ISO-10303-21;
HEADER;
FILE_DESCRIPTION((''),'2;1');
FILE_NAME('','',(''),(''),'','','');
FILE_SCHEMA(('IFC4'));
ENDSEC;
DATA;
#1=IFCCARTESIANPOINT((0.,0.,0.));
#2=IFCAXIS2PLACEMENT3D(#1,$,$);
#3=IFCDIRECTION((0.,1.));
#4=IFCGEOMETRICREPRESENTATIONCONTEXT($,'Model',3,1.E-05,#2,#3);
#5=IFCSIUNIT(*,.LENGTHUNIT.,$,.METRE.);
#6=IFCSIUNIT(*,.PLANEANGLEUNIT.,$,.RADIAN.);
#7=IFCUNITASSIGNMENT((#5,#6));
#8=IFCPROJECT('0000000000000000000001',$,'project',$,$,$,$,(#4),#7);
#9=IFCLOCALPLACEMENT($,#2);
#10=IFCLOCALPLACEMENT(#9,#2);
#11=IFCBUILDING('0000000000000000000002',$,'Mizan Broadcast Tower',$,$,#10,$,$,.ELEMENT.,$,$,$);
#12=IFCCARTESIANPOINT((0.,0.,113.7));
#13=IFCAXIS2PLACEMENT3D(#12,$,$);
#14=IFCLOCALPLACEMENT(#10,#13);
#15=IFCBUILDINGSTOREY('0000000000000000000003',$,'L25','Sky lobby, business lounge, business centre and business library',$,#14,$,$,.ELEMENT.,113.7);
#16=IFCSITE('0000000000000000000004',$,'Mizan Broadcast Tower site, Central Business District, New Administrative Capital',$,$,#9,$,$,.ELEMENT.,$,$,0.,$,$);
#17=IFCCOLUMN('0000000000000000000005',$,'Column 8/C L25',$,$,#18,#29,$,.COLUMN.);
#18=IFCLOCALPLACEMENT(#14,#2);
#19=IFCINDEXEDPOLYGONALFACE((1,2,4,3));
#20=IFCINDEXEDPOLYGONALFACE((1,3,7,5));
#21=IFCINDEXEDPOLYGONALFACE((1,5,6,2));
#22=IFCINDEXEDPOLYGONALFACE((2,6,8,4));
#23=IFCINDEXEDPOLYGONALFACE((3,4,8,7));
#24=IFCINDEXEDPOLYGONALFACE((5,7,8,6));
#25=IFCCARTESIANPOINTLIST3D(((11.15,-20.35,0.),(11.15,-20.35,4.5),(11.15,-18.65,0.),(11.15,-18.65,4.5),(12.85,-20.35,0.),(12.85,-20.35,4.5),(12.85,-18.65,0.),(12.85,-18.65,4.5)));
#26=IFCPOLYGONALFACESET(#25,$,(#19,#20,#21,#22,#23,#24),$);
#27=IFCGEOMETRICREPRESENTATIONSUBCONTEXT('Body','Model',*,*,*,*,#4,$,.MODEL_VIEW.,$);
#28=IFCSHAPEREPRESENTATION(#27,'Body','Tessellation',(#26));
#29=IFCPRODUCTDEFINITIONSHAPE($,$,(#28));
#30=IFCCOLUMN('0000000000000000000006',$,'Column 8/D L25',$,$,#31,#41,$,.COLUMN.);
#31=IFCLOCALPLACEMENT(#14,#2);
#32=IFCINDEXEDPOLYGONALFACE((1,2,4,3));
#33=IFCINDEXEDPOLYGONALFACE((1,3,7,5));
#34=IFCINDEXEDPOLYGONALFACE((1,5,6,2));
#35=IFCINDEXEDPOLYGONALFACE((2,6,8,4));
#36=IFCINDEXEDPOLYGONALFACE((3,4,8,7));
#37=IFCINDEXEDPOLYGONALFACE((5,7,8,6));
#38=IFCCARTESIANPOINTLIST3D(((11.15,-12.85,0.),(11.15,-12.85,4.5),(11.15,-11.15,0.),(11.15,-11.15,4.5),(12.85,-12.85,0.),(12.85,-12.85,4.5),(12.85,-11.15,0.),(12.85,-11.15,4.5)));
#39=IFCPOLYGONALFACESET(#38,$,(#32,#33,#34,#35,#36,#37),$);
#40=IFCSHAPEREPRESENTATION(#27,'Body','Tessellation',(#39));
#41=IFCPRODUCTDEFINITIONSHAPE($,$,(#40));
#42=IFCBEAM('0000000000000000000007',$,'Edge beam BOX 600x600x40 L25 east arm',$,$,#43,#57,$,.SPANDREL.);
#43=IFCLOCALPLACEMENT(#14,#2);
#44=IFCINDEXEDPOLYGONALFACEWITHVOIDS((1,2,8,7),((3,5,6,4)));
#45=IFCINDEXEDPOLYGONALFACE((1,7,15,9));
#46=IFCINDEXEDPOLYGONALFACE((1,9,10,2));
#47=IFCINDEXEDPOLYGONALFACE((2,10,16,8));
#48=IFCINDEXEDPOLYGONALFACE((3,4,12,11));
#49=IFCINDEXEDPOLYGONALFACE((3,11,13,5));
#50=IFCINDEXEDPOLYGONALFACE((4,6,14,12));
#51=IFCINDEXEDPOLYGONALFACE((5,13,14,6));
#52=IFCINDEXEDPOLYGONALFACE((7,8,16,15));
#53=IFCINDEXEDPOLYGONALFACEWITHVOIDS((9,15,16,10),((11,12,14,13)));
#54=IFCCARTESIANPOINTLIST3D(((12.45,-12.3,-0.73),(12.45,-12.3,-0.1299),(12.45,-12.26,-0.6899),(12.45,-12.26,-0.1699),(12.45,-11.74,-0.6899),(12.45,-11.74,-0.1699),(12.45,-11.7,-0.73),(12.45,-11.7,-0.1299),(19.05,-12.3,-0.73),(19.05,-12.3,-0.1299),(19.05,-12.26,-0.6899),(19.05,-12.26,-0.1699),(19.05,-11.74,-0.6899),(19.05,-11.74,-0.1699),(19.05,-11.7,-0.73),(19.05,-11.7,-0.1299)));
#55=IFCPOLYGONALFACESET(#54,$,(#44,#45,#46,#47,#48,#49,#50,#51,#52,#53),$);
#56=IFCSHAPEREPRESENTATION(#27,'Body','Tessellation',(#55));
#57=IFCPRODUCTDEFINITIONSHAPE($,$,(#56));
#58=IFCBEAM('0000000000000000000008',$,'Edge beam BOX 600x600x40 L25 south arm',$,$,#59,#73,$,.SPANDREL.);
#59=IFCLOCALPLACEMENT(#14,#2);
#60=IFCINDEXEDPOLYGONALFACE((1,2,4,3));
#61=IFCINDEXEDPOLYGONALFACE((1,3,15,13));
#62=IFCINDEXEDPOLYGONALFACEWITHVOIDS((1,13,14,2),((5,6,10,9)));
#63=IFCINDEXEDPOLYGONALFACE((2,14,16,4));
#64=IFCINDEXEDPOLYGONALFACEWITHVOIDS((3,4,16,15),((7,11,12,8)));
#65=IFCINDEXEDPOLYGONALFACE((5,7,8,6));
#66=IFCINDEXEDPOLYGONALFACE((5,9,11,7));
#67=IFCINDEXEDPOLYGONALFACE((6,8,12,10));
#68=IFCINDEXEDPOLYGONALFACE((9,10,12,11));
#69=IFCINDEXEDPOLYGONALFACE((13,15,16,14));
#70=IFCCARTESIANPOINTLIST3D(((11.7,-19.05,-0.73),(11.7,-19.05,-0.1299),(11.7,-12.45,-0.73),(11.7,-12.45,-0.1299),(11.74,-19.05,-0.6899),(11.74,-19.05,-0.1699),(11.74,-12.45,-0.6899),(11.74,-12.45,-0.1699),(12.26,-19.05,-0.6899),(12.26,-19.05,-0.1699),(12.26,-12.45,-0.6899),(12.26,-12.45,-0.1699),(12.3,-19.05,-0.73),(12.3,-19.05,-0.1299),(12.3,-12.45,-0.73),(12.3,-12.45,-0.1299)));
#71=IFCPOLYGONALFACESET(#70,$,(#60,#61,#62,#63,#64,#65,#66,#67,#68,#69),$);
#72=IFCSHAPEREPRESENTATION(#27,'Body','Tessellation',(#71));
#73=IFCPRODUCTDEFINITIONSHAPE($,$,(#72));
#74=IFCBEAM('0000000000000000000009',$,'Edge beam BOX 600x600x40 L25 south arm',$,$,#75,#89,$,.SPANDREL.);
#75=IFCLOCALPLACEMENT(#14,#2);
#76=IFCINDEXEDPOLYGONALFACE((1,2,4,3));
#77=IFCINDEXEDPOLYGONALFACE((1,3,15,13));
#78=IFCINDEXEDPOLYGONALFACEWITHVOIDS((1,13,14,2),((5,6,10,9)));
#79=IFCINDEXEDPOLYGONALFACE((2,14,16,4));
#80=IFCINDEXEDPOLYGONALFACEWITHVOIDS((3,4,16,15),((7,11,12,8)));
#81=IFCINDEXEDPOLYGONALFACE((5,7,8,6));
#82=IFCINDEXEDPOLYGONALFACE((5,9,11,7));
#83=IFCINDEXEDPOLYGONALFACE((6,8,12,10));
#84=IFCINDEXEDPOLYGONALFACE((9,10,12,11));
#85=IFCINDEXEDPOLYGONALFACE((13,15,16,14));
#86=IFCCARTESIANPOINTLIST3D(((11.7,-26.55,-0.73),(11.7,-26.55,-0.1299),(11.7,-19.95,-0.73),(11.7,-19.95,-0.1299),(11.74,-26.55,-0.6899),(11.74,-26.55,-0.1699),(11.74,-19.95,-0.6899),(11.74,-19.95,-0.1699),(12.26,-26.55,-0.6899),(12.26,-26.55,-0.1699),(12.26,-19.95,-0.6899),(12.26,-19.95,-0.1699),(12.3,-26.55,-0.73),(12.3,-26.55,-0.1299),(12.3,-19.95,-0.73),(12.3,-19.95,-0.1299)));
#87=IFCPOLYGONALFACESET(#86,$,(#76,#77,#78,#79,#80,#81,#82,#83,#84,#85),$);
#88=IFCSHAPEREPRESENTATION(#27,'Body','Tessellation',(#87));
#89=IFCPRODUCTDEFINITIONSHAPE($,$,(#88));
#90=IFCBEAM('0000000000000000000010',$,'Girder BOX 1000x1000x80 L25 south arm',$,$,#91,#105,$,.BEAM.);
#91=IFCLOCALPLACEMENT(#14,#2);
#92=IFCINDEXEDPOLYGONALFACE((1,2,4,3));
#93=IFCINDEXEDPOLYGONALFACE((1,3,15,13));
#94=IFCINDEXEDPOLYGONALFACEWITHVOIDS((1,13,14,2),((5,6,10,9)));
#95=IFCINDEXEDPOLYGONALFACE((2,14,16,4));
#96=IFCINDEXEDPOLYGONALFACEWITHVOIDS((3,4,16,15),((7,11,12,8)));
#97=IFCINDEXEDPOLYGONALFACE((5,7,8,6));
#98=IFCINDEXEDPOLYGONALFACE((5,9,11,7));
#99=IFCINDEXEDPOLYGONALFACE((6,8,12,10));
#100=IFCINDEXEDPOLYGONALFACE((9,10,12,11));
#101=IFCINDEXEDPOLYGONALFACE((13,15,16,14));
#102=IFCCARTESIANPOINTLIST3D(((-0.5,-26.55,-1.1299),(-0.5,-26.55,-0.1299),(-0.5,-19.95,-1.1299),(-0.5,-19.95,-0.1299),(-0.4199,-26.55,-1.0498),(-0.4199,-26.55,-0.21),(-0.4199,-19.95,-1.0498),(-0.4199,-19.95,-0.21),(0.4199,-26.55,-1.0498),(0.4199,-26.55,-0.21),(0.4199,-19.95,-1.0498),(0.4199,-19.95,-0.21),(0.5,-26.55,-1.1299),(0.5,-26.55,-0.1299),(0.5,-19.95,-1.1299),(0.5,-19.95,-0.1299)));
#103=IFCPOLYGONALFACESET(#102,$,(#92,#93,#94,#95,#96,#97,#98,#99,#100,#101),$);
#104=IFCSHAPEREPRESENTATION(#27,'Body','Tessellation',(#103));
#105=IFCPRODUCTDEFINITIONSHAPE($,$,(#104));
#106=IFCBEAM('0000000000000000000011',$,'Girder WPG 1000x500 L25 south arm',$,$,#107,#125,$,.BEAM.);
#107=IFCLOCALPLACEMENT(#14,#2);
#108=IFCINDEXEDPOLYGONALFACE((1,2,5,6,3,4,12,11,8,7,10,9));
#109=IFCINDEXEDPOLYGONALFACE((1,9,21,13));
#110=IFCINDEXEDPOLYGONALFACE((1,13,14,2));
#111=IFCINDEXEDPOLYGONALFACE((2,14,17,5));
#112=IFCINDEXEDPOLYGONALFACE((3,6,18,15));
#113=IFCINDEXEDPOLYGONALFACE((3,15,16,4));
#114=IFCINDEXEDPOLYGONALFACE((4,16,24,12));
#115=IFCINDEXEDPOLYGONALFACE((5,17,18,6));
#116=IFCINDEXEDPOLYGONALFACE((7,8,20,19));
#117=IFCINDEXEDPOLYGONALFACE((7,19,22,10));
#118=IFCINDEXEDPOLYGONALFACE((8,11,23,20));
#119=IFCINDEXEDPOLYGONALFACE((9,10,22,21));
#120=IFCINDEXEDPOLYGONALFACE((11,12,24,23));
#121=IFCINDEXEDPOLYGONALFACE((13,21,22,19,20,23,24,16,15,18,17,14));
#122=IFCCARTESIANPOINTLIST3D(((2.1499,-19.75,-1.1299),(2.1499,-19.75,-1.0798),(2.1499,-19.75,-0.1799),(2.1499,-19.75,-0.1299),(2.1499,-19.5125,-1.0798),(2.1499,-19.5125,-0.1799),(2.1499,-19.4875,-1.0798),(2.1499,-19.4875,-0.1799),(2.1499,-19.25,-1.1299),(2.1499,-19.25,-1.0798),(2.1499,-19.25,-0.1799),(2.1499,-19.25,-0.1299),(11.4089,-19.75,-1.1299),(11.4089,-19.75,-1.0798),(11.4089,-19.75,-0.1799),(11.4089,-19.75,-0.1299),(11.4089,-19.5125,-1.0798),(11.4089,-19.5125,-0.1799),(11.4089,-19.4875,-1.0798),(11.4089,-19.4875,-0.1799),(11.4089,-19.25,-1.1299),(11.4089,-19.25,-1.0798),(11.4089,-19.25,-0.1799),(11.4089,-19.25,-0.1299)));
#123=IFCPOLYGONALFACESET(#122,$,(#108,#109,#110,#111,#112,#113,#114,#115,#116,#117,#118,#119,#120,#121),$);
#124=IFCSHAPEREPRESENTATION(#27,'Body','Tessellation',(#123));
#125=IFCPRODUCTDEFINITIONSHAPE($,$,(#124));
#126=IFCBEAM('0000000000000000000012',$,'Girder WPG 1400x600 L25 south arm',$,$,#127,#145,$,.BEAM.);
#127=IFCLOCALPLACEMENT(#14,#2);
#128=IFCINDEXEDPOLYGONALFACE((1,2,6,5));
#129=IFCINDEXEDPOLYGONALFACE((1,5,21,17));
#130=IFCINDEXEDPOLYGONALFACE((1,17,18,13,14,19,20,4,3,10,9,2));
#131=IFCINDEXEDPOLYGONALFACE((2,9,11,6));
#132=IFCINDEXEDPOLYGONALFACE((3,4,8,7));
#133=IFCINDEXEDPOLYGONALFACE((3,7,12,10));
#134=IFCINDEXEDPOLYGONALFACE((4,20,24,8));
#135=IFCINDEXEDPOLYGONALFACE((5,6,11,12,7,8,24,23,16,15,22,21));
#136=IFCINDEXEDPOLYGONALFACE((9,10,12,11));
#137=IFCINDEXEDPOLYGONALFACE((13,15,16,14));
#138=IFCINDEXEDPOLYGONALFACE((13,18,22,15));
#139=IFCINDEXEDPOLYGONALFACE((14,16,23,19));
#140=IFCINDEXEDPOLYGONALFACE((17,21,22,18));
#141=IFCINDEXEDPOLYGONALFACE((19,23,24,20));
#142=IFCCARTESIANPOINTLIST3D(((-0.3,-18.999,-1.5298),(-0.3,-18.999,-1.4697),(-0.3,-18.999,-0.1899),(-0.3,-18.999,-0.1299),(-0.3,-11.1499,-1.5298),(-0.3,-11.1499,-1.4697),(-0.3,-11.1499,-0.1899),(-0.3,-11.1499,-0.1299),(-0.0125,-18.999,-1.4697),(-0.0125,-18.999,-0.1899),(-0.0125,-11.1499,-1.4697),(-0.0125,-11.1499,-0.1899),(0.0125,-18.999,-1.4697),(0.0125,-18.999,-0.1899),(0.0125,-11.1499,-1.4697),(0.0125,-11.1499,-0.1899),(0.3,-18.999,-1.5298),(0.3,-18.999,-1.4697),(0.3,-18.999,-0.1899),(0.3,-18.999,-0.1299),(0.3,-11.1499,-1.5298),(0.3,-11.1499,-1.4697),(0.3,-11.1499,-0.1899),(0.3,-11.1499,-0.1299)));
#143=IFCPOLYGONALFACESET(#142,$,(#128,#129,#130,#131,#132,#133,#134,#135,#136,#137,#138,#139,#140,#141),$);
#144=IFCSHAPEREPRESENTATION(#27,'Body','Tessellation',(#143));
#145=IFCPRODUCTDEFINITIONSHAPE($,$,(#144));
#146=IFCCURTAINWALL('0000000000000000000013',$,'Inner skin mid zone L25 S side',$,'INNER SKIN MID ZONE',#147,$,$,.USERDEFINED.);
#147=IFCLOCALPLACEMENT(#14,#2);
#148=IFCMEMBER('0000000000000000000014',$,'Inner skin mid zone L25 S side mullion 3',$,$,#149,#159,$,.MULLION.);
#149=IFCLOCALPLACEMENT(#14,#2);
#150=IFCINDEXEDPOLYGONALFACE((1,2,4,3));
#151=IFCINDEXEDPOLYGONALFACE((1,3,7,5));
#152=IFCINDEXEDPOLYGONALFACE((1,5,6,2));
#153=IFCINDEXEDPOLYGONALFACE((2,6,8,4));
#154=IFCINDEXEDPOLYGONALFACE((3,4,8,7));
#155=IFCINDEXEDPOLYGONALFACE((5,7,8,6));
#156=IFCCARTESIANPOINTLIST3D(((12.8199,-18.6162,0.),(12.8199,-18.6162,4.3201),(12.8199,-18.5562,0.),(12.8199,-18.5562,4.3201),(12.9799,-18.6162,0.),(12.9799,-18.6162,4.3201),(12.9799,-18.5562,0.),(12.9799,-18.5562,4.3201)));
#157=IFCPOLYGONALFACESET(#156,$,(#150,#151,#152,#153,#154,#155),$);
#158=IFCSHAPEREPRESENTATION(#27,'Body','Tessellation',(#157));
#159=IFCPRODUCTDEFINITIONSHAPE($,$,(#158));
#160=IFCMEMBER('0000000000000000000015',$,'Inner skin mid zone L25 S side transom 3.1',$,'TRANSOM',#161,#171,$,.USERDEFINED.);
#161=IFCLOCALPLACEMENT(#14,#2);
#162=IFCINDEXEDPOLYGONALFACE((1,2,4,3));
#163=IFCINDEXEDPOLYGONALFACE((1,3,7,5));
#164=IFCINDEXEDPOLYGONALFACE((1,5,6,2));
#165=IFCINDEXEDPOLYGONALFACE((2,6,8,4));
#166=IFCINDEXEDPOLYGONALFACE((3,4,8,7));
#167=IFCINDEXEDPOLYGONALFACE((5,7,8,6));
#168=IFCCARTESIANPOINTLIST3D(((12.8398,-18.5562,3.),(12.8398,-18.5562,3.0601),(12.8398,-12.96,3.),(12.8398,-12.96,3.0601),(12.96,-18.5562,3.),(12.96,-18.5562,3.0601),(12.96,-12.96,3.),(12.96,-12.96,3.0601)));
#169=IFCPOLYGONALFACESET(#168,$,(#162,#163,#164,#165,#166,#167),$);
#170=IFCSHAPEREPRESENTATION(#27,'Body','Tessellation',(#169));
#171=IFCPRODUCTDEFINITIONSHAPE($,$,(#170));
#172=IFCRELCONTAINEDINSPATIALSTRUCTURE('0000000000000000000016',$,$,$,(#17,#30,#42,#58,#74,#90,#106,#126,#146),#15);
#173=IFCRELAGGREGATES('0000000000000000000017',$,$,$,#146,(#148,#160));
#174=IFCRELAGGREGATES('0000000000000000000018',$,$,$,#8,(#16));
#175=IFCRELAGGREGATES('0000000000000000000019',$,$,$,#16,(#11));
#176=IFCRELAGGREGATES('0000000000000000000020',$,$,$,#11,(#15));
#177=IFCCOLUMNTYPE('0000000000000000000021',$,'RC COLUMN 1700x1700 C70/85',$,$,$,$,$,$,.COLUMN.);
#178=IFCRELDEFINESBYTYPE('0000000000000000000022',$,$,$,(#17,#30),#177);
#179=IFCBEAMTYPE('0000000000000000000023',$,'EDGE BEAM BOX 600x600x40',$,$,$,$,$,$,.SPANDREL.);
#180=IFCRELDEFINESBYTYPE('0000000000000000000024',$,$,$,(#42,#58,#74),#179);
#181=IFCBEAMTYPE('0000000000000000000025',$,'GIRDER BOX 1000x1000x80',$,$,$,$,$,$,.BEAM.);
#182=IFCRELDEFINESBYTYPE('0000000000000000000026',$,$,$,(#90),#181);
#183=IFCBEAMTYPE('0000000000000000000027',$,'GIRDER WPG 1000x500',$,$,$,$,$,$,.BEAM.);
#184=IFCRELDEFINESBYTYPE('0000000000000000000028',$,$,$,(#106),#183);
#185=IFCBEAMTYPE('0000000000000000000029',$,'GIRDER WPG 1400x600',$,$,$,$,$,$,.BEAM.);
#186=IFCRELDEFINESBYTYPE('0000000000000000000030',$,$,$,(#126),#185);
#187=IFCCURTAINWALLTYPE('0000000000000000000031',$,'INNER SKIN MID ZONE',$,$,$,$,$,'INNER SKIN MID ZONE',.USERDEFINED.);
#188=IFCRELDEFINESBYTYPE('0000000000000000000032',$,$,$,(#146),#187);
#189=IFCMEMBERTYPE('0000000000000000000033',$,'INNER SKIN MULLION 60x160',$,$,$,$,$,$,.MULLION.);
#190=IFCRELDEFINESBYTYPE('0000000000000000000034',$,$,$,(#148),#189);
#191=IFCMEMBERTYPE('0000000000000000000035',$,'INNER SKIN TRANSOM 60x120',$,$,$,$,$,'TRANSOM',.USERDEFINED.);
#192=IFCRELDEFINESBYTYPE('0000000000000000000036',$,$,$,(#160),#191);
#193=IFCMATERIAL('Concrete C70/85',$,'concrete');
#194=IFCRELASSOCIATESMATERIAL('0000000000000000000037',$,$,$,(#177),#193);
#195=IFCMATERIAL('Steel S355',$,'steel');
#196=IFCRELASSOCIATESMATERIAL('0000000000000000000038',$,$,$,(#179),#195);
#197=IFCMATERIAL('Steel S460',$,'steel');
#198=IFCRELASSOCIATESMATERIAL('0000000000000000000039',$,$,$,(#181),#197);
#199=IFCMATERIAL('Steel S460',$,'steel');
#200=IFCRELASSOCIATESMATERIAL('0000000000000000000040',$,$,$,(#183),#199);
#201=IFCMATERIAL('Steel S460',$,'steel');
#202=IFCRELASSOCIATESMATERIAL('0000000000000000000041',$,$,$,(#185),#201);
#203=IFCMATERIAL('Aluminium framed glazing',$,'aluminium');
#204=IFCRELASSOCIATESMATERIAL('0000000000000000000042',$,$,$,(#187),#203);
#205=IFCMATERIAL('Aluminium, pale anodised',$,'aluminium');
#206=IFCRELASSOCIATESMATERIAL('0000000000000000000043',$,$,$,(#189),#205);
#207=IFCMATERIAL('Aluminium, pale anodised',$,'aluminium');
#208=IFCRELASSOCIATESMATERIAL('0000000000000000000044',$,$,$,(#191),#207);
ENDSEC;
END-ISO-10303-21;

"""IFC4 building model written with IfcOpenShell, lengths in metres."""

from ifc_helpers import new_model, si_unit, direction, frame, origin, origin_2d, place, context, subcontext, project, spatial, rectangle, hollow_rectangle, i_section, extrude, material, material_profile, profile_set, type_object, element, aggregate, save


model = new_model("IFC4")

# Units and contexts
model_context = context("Model", 3, precision=1e-05, world=origin(), true_north=direction((0.0, 1.0)))
body_context = subcontext(model_context, "Body", "Model", "MODEL_VIEW")
ifc_project = project(units=[si_unit("LENGTHUNIT", "METRE"), si_unit("PLANEANGLEUNIT", "RADIAN")], contexts=[model_context])

# Site, building, storey
site_placement = place(None, origin())
site = spatial("IfcSite", under=ifc_project, at=site_placement, Name="Mizan Broadcast Tower site, Central Business District, New Administrative Capital", CompositionType="ELEMENT", RefElevation=0.0)
building_placement = place(site_placement, origin())
building = spatial("IfcBuilding", under=site, at=building_placement, Name="Mizan Broadcast Tower", CompositionType="ELEMENT")
storey_placement = place(building_placement, frame((0.0, 0.0, 113.7)))
storey = spatial("IfcBuildingStorey", under=building, at=storey_placement, Name="L25", Description="Sky lobby, business lounge, business centre and business library", CompositionType="ELEMENT", Elevation=113.7)

# Columns
ifc_material_1 = material(Name="Concrete C70/85", Category="concrete")
ifc_material_profile_1 = material_profile(ifc_material_1, rectangle(XDim=1.7, YDim=1.7, at=origin_2d()), Name="RC 1700x1700")
ifc_profile_set_1 = profile_set([ifc_material_profile_1], Name="Concrete C70/85")
column_type = type_object("IfcColumnType", Name="RC COLUMN 1700x1700 C70/85", PredefinedType="COLUMN", material=ifc_profile_set_1)
for number, where, z_axis, x_axis, name in (
    (1, (12.0, -19.5, 0.0), (0.0, 0.0, 1.0), (1.0, 0.0, 0.0), "Column 8/C L25"),
    (2, (12.0, -12.0, 0.0), (0.0, 0.0, 1.0), (1.0, 0.0, 0.0), "Column 8/D L25"),
):
    element("IfcColumn", number, at=place(storey_placement, frame(where, z_axis=z_axis, x_axis=x_axis)), inside=storey, type_object=column_type, Name=name, PredefinedType="COLUMN", context=body_context, shape_type="SweptSolid", body=[
        extrude(rectangle(XDim=1.7, YDim=1.7, at=origin_2d()), origin(), (0.0, 0.0, 1.0), 4.5),
    ])

# Beams
ifc_material_2 = material(Name="Steel S355", Category="steel")
ifc_material_profile_2 = material_profile(ifc_material_2, hollow_rectangle(XDim=0.6001, YDim=0.6001, WallThickness=0.04, at=origin_2d()), Name="BOX 600x600x40")
ifc_profile_set_2 = profile_set([ifc_material_profile_2], Name="Steel S355")
beam_type_1 = type_object("IfcBeamType", Name="EDGE BEAM BOX 600x600x40", PredefinedType="SPANDREL", material=ifc_profile_set_2)
for number, where, z_axis, x_axis, name in (
    (3, (12.45, -12.0, -0.4299), (1.0, 0.0, 0.0), (0.0, 1.0, 0.0), "Edge beam BOX 600x600x40 L25 east arm"),
    (4, (12.0, -12.45, -0.4299), (0.0, -1.0, 0.0), (1.0, 0.0, 0.0), "Edge beam BOX 600x600x40 L25 south arm"),
    (5, (12.0, -19.95, -0.4299), (0.0, -1.0, 0.0), (1.0, 0.0, 0.0), "Edge beam BOX 600x600x40 L25 south arm"),
):
    element("IfcBeam", number, at=place(storey_placement, frame(where, z_axis=z_axis, x_axis=x_axis)), inside=storey, type_object=beam_type_1, Name=name, PredefinedType="SPANDREL", context=body_context, shape_type="SweptSolid", body=[
        extrude(hollow_rectangle(XDim=0.6001, YDim=0.6001, WallThickness=0.04, at=origin_2d()), origin(), (0.0, 0.0, 1.0), 6.6001),
    ])
ifc_material_3 = material(Name="Steel S460", Category="steel")
ifc_material_profile_3 = material_profile(ifc_material_3, hollow_rectangle(XDim=1.0, YDim=1.0, WallThickness=0.0801, at=origin_2d()), Name="BOX 1000x1000x80")
ifc_profile_set_3 = profile_set([ifc_material_profile_3], Name="Steel S460")
beam_type_2 = type_object("IfcBeamType", Name="GIRDER BOX 1000x1000x80", PredefinedType="BEAM", material=ifc_profile_set_3)
beam_1_placement = place(storey_placement, frame((0.0, -19.95, -0.6299), z_axis=(0.0, -1.0, 0.0), x_axis=(1.0, 0.0, 0.0)))
element("IfcBeam", 6, at=beam_1_placement, inside=storey, type_object=beam_type_2, Name="Girder BOX 1000x1000x80 L25 south arm", PredefinedType="BEAM", context=body_context, shape_type="SweptSolid", body=[
    extrude(hollow_rectangle(XDim=1.0, YDim=1.0, WallThickness=0.0801, at=origin_2d()), origin(), (0.0, 0.0, 1.0), 6.6001),
])
ifc_material_4 = material(Name="Steel S460", Category="steel")
ifc_material_profile_4 = material_profile(ifc_material_4, i_section(OverallWidth=0.5, OverallDepth=1.0, WebThickness=0.0249, FlangeThickness=0.05, at=origin_2d()), Name="WPG 1000x500")
ifc_profile_set_4 = profile_set([ifc_material_profile_4], Name="Steel S460")
beam_type_3 = type_object("IfcBeamType", Name="GIRDER WPG 1000x500", PredefinedType="BEAM", material=ifc_profile_set_4)
beam_2_placement = place(storey_placement, frame((11.4089, -19.5, -0.6299), z_axis=(-1.0, 0.0, 0.0), x_axis=(0.0, -1.0, 0.0)))
element("IfcBeam", 7, at=beam_2_placement, inside=storey, type_object=beam_type_3, Name="Girder WPG 1000x500 L25 south arm", PredefinedType="BEAM", context=body_context, shape_type="SweptSolid", body=[
    extrude(i_section(OverallWidth=0.5, OverallDepth=1.0, WebThickness=0.0249, FlangeThickness=0.05, at=origin_2d()), origin(), (0.0, 0.0, 1.0), 9.259),
])
ifc_material_5 = material(Name="Steel S460", Category="steel")
ifc_material_profile_5 = material_profile(ifc_material_5, i_section(OverallWidth=0.6001, OverallDepth=1.3999, WebThickness=0.0249, FlangeThickness=0.0601, at=origin_2d()), Name="WPG 1400x600")
ifc_profile_set_5 = profile_set([ifc_material_profile_5], Name="Steel S460")
beam_type_4 = type_object("IfcBeamType", Name="GIRDER WPG 1400x600", PredefinedType="BEAM", material=ifc_profile_set_5)
beam_3_placement = place(storey_placement, frame((0.0, -11.1499, -0.8298), z_axis=(0.0, -1.0, 0.0), x_axis=(1.0, 0.0, 0.0)))
element("IfcBeam", 8, at=beam_3_placement, inside=storey, type_object=beam_type_4, Name="Girder WPG 1400x600 L25 south arm", PredefinedType="BEAM", context=body_context, shape_type="SweptSolid", body=[
    extrude(i_section(OverallWidth=0.6001, OverallDepth=1.3999, WebThickness=0.0249, FlangeThickness=0.0601, at=origin_2d()), origin(), (0.0, 0.0, 1.0), 7.8491),
])

# Curtain wall, members
ifc_material_6 = material(Name="Aluminium framed glazing", Category="aluminium")
curtain_wall_type = type_object("IfcCurtainWallType", Name="INNER SKIN MID ZONE", ElementType="INNER SKIN MID ZONE", PredefinedType="USERDEFINED", material=ifc_material_6)
curtain_wall_placement = place(storey_placement, origin())
curtain_wall = element("IfcCurtainWall", 9, at=curtain_wall_placement, inside=storey, type_object=curtain_wall_type, Name="Inner skin mid zone L25 S side", ObjectType="INNER SKIN MID ZONE", PredefinedType="USERDEFINED")
ifc_material_7 = material(Name="Aluminium, pale anodised", Category="aluminium")
ifc_material_profile_6 = material_profile(ifc_material_7, rectangle(XDim=0.1599, YDim=0.0601, at=origin_2d()), Name="MULLION 160x60")
ifc_profile_set_6 = profile_set([ifc_material_profile_6], Name="Aluminium, pale anodised")
member_type_1 = type_object("IfcMemberType", Name="INNER SKIN MULLION 60x160", PredefinedType="MULLION", material=ifc_profile_set_6)
member_1_placement = place(storey_placement, frame((12.8999, -18.5862, 0.0), z_axis=(0.0, 0.0, 1.0), x_axis=(-1.0, 0.0, 0.0)))
member_1 = element("IfcMember", 10, at=member_1_placement, type_object=member_type_1, Name="Inner skin mid zone L25 S side mullion 3", PredefinedType="MULLION", context=body_context, shape_type="SweptSolid", body=[
    extrude(rectangle(XDim=0.1599, YDim=0.0601, at=origin_2d()), origin(), (0.0, 0.0, 1.0), 4.3201),
])
ifc_material_8 = material(Name="Aluminium, pale anodised", Category="aluminium")
ifc_material_profile_7 = material_profile(ifc_material_8, rectangle(XDim=0.1201, YDim=0.0601, at=origin_2d()), Name="TRANSOM 120x60")
ifc_profile_set_7 = profile_set([ifc_material_profile_7], Name="Aluminium, pale anodised")
member_type_2 = type_object("IfcMemberType", Name="INNER SKIN TRANSOM 60x120", ElementType="TRANSOM", PredefinedType="USERDEFINED", material=ifc_profile_set_7)
member_2_placement = place(storey_placement, frame((12.8999, -18.5562, 3.03), z_axis=(0.0, 1.0, 0.0), x_axis=(-1.0, 0.0, 0.0)))
member_2 = element("IfcMember", 11, at=member_2_placement, type_object=member_type_2, Name="Inner skin mid zone L25 S side transom 3.1", ObjectType="TRANSOM", PredefinedType="USERDEFINED", context=body_context, shape_type="SweptSolid", body=[
    extrude(rectangle(XDim=0.1201, YDim=0.0601, at=origin_2d()), origin(), (0.0, 0.0, 1.0), 5.5962),
])

aggregate(curtain_wall, [member_1, member_2])

save(model, "model.ifc")
